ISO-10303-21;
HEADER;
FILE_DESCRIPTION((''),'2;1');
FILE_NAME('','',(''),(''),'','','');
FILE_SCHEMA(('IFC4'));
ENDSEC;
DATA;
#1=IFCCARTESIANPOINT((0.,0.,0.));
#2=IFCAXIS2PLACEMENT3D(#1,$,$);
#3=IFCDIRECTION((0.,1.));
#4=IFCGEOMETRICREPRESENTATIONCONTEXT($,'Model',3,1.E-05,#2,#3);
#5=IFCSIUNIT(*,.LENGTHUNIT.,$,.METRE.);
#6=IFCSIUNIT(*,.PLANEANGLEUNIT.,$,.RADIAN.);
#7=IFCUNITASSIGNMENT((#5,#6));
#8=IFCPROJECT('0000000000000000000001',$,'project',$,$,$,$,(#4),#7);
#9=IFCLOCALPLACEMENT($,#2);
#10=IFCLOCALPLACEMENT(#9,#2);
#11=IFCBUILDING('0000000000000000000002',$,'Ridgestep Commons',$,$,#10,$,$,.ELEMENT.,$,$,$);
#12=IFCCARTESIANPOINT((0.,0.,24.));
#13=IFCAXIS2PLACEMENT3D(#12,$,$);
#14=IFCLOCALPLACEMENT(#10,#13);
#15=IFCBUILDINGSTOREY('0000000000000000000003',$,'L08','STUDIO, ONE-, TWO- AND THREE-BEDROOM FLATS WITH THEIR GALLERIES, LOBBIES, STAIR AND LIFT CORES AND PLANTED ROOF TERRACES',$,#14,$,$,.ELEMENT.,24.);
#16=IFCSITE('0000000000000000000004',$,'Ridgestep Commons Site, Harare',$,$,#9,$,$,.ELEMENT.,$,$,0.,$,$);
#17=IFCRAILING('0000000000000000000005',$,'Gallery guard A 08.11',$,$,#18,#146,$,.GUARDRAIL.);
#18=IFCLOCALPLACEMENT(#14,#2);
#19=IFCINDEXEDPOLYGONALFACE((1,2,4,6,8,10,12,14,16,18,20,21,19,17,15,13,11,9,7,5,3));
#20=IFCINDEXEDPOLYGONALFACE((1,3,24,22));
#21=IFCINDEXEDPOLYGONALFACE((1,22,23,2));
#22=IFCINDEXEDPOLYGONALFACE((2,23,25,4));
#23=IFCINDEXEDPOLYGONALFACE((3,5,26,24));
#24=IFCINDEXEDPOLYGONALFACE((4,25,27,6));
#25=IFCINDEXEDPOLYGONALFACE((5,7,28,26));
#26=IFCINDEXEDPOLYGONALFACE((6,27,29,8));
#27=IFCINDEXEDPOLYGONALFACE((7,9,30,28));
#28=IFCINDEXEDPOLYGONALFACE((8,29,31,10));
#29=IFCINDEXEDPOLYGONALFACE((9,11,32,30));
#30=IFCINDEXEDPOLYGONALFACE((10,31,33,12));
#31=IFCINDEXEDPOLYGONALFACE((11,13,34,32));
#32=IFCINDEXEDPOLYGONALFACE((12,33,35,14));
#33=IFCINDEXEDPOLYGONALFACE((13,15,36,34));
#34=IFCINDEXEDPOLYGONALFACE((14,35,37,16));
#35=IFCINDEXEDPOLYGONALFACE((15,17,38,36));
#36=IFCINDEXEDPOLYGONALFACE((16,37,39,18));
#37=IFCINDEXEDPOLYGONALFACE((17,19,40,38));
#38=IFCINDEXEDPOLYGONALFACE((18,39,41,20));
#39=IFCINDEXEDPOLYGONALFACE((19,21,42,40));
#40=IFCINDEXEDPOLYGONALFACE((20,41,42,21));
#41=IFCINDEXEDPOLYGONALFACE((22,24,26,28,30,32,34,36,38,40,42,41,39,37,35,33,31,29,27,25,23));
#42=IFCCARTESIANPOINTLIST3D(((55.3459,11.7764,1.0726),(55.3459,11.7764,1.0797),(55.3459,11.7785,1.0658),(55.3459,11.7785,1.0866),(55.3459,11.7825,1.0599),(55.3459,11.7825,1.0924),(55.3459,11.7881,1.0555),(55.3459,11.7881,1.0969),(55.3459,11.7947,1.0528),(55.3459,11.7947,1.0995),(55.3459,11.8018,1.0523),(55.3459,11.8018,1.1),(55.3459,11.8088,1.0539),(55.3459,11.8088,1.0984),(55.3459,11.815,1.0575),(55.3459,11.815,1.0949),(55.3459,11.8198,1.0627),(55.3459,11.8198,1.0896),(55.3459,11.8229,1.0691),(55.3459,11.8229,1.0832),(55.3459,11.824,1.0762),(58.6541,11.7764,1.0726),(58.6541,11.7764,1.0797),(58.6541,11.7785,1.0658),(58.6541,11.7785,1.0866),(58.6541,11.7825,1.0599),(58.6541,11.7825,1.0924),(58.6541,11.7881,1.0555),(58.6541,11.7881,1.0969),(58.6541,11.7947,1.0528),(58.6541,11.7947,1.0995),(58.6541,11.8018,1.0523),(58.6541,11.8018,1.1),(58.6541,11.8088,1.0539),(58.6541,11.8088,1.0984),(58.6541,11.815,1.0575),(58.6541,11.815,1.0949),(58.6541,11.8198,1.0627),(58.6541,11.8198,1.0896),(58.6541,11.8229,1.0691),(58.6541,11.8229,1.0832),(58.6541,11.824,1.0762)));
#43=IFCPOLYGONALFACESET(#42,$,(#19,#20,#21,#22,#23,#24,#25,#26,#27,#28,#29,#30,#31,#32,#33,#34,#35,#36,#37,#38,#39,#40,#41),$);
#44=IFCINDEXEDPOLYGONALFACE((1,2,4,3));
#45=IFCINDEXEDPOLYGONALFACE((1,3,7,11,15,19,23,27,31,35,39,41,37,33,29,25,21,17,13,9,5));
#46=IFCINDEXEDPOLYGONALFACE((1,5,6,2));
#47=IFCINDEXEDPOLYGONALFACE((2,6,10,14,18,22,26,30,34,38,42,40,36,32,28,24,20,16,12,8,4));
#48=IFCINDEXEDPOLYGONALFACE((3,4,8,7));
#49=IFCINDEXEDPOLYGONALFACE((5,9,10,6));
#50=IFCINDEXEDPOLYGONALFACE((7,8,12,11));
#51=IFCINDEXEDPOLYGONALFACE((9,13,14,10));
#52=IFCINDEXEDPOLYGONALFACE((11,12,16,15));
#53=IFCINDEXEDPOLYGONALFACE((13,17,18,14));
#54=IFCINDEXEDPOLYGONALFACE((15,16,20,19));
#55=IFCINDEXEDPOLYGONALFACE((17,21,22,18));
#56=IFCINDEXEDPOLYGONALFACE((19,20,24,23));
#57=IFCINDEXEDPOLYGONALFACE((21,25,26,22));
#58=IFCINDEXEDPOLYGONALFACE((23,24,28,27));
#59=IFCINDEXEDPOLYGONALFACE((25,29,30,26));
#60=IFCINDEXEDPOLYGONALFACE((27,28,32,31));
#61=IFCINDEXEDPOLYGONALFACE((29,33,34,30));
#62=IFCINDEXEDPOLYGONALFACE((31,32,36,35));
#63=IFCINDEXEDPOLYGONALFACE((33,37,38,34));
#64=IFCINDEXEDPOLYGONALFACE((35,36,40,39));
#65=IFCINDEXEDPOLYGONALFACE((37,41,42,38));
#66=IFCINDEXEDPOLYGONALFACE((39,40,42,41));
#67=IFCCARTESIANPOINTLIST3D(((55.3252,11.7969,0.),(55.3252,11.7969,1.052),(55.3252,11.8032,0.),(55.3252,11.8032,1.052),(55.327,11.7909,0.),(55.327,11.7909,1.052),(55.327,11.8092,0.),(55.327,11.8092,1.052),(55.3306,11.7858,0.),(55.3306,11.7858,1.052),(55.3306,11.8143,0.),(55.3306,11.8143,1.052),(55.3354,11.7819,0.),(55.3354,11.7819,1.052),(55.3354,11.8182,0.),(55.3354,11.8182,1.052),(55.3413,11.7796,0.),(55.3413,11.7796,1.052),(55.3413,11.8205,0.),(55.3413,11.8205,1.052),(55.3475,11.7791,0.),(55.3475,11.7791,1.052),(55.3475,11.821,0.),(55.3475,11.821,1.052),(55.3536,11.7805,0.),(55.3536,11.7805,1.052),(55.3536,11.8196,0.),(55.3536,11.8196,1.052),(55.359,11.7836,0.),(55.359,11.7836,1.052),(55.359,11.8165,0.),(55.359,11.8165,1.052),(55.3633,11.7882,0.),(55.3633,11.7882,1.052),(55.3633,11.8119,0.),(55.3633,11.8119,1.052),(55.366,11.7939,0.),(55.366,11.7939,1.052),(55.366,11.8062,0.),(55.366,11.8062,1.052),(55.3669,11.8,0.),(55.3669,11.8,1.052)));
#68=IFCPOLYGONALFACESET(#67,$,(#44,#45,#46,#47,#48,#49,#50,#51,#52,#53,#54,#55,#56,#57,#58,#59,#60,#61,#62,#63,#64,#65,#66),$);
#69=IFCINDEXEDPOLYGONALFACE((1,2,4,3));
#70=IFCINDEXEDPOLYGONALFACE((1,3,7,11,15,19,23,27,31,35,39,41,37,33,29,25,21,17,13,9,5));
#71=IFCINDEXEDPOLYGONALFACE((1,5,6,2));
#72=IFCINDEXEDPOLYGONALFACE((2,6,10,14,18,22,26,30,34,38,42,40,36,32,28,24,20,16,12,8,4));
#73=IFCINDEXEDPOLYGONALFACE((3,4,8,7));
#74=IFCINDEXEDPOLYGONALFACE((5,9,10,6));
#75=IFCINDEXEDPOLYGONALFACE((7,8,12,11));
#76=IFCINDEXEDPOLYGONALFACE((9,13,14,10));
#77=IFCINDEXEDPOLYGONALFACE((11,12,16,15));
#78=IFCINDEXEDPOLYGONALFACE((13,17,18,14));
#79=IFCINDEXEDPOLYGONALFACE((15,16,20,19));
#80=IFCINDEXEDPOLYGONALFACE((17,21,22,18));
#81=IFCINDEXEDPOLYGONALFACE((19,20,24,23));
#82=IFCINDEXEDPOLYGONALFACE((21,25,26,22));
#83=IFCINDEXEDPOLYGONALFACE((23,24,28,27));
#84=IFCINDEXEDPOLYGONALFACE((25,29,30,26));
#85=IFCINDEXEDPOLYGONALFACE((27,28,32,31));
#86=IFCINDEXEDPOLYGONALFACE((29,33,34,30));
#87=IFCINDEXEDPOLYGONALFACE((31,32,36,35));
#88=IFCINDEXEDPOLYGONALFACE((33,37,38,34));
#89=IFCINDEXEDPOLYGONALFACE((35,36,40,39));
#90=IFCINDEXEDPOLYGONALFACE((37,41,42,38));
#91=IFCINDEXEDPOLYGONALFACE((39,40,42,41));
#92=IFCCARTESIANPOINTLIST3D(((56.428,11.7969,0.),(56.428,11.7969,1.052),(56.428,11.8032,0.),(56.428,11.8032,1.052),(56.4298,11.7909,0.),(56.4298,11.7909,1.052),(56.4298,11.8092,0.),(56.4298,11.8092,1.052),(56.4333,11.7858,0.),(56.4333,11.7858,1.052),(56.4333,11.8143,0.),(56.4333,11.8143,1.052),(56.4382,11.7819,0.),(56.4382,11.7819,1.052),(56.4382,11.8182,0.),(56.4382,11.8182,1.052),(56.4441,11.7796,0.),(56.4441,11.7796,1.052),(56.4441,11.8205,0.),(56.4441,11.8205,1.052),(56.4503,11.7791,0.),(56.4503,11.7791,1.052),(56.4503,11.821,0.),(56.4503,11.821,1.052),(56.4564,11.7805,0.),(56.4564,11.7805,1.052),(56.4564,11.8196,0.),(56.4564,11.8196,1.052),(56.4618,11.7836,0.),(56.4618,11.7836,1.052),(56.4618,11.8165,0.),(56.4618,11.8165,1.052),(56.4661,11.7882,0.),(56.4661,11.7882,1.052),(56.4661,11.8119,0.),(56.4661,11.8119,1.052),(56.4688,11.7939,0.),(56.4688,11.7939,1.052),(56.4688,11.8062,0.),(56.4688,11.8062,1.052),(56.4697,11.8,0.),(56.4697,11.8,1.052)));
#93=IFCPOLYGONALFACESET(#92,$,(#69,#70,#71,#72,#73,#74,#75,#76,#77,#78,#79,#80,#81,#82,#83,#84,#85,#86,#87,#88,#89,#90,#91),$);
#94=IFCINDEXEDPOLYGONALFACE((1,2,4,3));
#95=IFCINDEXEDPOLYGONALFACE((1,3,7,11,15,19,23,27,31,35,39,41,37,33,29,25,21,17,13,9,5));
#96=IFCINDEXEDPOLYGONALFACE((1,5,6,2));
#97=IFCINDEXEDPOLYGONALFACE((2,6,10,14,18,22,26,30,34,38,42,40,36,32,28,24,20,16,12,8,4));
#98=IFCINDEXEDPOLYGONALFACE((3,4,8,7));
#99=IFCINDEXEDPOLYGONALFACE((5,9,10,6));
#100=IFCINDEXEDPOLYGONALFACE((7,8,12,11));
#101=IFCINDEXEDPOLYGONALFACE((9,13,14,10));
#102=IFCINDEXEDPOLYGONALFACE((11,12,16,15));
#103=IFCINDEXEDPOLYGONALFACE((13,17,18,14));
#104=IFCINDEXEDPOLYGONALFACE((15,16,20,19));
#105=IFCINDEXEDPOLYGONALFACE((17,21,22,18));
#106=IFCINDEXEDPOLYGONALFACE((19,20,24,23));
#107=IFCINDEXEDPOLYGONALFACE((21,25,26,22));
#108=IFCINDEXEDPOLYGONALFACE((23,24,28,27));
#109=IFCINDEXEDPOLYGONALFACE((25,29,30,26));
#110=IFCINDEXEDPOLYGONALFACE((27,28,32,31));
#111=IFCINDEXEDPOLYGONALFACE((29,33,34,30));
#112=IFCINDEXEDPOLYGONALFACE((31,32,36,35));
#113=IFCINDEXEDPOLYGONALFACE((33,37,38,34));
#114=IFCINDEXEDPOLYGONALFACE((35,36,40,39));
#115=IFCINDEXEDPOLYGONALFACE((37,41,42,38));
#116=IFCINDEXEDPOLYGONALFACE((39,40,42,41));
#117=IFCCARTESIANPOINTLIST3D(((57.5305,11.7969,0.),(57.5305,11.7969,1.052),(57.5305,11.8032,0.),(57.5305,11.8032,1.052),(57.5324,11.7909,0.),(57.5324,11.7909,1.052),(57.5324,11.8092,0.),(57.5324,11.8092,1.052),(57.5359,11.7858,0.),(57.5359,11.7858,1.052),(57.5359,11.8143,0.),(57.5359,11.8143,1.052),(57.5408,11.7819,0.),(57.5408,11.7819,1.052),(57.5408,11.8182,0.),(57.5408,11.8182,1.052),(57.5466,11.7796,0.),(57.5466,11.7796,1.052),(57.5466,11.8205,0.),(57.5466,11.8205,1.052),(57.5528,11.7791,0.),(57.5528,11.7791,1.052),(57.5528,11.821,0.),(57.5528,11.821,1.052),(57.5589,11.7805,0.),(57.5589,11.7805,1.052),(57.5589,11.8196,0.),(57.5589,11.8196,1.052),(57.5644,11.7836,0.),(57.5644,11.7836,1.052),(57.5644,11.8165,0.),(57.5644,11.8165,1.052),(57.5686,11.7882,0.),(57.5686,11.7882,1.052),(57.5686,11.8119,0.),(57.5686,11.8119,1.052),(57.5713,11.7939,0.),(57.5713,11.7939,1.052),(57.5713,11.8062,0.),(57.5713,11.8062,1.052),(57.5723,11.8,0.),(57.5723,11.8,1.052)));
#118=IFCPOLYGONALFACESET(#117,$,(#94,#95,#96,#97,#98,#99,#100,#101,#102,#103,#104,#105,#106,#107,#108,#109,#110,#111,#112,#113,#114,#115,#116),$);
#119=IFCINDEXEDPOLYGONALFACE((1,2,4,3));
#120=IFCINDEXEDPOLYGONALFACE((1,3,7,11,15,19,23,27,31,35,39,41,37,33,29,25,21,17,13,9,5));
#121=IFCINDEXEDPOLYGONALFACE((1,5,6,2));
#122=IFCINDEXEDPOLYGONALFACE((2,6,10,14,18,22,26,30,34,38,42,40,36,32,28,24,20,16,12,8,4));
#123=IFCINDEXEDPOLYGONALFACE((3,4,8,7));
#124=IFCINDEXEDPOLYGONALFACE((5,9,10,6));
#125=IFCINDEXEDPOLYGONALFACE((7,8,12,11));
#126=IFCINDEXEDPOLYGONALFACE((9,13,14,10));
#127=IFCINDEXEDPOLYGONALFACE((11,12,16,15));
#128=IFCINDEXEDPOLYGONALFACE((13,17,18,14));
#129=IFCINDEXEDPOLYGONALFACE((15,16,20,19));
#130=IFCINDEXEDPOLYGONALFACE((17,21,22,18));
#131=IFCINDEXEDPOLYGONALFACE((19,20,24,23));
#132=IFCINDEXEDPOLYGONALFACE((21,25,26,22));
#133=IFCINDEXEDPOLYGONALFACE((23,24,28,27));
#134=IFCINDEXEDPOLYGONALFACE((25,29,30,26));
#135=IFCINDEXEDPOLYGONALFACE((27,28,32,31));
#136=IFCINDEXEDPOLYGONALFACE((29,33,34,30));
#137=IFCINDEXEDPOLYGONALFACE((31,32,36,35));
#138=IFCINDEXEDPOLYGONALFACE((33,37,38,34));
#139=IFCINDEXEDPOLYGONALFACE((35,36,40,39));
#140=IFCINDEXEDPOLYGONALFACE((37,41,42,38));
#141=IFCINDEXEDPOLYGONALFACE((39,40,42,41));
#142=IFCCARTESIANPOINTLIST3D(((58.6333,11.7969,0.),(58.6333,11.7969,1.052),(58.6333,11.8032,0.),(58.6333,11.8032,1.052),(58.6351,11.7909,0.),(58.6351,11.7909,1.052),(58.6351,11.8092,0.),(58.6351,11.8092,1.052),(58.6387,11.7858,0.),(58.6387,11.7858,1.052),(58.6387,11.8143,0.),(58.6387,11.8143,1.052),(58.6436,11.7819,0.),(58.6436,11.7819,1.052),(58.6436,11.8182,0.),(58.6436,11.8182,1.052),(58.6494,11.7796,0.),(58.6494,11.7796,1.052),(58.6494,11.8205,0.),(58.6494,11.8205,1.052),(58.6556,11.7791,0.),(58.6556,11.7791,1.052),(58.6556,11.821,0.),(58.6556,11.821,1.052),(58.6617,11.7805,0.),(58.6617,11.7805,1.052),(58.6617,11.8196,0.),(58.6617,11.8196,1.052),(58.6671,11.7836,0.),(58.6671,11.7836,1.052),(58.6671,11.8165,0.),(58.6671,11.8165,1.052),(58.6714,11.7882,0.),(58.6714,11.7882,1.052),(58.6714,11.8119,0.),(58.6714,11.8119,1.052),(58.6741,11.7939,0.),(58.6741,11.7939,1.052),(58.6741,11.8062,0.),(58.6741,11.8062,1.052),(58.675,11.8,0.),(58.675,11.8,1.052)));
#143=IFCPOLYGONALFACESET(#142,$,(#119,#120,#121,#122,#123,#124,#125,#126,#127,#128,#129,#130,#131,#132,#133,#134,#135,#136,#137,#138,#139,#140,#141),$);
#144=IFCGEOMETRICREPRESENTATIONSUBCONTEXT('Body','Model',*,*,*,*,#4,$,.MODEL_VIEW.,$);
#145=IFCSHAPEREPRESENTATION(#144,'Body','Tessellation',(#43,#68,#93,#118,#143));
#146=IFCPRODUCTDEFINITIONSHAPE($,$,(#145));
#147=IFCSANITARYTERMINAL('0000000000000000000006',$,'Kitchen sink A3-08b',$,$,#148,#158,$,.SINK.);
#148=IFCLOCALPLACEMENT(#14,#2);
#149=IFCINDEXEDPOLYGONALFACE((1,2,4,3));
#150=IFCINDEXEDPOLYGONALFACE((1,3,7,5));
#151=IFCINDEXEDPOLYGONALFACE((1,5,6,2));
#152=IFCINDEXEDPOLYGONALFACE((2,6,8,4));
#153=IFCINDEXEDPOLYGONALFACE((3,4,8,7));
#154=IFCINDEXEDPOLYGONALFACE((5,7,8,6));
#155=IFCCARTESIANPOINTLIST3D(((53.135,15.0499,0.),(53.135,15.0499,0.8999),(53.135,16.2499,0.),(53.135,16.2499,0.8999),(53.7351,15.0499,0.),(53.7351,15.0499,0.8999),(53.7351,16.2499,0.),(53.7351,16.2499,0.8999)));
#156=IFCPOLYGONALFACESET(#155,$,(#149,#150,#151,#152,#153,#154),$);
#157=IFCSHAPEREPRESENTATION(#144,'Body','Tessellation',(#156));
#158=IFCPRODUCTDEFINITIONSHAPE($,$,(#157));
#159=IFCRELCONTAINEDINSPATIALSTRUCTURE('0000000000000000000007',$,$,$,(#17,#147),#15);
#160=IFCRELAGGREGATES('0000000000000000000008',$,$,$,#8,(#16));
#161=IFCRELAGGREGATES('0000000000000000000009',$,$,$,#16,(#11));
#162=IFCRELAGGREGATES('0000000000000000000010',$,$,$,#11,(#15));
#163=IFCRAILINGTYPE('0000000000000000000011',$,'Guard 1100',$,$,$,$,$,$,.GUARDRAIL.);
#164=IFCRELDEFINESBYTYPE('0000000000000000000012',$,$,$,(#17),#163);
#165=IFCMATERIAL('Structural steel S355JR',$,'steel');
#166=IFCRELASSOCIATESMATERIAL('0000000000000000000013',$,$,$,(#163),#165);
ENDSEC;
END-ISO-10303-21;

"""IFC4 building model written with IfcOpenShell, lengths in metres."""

from ifc_helpers import new_model, si_unit, direction, frame, origin, origin_2d, place, context, subcontext, project, spatial, rectangle, circle, extrude, material, type_object, element, save


model = new_model("IFC4")

# Units and contexts
model_context = context("Model", 3, precision=1e-05, world=origin(), true_north=direction((0.0, 1.0)))
body_context = subcontext(model_context, "Body", "Model", "MODEL_VIEW")
ifc_project = project(units=[si_unit("LENGTHUNIT", "METRE"), si_unit("PLANEANGLEUNIT", "RADIAN")], contexts=[model_context])

# Site, building, storey
site_placement = place(None, origin())
site = spatial("IfcSite", under=ifc_project, at=site_placement, Name="Ridgestep Commons Site, Harare", CompositionType="ELEMENT", RefElevation=0.0)
building_placement = place(site_placement, origin())
building = spatial("IfcBuilding", under=site, at=building_placement, Name="Ridgestep Commons", CompositionType="ELEMENT")
storey_placement = place(building_placement, frame((0.0, 0.0, 24.0)))
storey = spatial("IfcBuildingStorey", under=building, at=storey_placement, Name="L08", Description="STUDIO, ONE-, TWO- AND THREE-BEDROOM FLATS WITH THEIR GALLERIES, LOBBIES, STAIR AND LIFT CORES AND PLANTED ROOF TERRACES", CompositionType="ELEMENT", Elevation=24.0)

# Railing
ifc_material_1 = material(Name="Structural steel S355JR", Category="steel")
railing_type = type_object("IfcRailingType", Name="Guard 1100", PredefinedType="GUARDRAIL", material=ifc_material_1)
railing_1_placement = place(storey_placement, frame((55.3459, 11.8, 0.0)))
element("IfcRailing", 1, at=railing_1_placement, inside=storey, type_object=railing_type, Name="Gallery guard A 08.11", PredefinedType="GUARDRAIL", context=body_context, shape_type="SweptSolid", body=[
    extrude(circle(Radius=0.0239, at=origin_2d()), frame((0.0, 0.0, 1.0762), z_axis=(1.0, 0.0, 0.0), x_axis=(0.0, 1.0, 0.0)), (0.0, 0.0, 1.0), 3.3081),
    extrude(circle(Radius=0.021, at=origin_2d()), origin(), (0.0, 0.0, 1.0), 1.052),
    extrude(circle(Radius=0.021, at=origin_2d()), frame((1.1028, 0.0, 0.0)), (0.0, 0.0, 1.0), 1.052),
    extrude(circle(Radius=0.021, at=origin_2d()), frame((2.2053, 0.0, 0.0)), (0.0, 0.0, 1.0), 1.052),
    extrude(circle(Radius=0.021, at=origin_2d()), frame((3.3081, 0.0, 0.0)), (0.0, 0.0, 1.0), 1.052),
])

# Sanitary terminal
sanitary_terminal_placement = place(storey_placement, frame((53.4351, 15.6499, 0.0), z_axis=(0.0, 0.0, 1.0), x_axis=(1.0, 0.0, 0.0)))
element("IfcSanitaryTerminal", 2, at=sanitary_terminal_placement, inside=storey, Name="Kitchen sink A3-08b", PredefinedType="SINK", context=body_context, shape_type="SweptSolid", body=[
    extrude(rectangle(XDim=0.6001, YDim=1.2, at=origin_2d()), origin(), (0.0, 0.0, 1.0), 0.8999),
])

save(model, "model.ifc")
